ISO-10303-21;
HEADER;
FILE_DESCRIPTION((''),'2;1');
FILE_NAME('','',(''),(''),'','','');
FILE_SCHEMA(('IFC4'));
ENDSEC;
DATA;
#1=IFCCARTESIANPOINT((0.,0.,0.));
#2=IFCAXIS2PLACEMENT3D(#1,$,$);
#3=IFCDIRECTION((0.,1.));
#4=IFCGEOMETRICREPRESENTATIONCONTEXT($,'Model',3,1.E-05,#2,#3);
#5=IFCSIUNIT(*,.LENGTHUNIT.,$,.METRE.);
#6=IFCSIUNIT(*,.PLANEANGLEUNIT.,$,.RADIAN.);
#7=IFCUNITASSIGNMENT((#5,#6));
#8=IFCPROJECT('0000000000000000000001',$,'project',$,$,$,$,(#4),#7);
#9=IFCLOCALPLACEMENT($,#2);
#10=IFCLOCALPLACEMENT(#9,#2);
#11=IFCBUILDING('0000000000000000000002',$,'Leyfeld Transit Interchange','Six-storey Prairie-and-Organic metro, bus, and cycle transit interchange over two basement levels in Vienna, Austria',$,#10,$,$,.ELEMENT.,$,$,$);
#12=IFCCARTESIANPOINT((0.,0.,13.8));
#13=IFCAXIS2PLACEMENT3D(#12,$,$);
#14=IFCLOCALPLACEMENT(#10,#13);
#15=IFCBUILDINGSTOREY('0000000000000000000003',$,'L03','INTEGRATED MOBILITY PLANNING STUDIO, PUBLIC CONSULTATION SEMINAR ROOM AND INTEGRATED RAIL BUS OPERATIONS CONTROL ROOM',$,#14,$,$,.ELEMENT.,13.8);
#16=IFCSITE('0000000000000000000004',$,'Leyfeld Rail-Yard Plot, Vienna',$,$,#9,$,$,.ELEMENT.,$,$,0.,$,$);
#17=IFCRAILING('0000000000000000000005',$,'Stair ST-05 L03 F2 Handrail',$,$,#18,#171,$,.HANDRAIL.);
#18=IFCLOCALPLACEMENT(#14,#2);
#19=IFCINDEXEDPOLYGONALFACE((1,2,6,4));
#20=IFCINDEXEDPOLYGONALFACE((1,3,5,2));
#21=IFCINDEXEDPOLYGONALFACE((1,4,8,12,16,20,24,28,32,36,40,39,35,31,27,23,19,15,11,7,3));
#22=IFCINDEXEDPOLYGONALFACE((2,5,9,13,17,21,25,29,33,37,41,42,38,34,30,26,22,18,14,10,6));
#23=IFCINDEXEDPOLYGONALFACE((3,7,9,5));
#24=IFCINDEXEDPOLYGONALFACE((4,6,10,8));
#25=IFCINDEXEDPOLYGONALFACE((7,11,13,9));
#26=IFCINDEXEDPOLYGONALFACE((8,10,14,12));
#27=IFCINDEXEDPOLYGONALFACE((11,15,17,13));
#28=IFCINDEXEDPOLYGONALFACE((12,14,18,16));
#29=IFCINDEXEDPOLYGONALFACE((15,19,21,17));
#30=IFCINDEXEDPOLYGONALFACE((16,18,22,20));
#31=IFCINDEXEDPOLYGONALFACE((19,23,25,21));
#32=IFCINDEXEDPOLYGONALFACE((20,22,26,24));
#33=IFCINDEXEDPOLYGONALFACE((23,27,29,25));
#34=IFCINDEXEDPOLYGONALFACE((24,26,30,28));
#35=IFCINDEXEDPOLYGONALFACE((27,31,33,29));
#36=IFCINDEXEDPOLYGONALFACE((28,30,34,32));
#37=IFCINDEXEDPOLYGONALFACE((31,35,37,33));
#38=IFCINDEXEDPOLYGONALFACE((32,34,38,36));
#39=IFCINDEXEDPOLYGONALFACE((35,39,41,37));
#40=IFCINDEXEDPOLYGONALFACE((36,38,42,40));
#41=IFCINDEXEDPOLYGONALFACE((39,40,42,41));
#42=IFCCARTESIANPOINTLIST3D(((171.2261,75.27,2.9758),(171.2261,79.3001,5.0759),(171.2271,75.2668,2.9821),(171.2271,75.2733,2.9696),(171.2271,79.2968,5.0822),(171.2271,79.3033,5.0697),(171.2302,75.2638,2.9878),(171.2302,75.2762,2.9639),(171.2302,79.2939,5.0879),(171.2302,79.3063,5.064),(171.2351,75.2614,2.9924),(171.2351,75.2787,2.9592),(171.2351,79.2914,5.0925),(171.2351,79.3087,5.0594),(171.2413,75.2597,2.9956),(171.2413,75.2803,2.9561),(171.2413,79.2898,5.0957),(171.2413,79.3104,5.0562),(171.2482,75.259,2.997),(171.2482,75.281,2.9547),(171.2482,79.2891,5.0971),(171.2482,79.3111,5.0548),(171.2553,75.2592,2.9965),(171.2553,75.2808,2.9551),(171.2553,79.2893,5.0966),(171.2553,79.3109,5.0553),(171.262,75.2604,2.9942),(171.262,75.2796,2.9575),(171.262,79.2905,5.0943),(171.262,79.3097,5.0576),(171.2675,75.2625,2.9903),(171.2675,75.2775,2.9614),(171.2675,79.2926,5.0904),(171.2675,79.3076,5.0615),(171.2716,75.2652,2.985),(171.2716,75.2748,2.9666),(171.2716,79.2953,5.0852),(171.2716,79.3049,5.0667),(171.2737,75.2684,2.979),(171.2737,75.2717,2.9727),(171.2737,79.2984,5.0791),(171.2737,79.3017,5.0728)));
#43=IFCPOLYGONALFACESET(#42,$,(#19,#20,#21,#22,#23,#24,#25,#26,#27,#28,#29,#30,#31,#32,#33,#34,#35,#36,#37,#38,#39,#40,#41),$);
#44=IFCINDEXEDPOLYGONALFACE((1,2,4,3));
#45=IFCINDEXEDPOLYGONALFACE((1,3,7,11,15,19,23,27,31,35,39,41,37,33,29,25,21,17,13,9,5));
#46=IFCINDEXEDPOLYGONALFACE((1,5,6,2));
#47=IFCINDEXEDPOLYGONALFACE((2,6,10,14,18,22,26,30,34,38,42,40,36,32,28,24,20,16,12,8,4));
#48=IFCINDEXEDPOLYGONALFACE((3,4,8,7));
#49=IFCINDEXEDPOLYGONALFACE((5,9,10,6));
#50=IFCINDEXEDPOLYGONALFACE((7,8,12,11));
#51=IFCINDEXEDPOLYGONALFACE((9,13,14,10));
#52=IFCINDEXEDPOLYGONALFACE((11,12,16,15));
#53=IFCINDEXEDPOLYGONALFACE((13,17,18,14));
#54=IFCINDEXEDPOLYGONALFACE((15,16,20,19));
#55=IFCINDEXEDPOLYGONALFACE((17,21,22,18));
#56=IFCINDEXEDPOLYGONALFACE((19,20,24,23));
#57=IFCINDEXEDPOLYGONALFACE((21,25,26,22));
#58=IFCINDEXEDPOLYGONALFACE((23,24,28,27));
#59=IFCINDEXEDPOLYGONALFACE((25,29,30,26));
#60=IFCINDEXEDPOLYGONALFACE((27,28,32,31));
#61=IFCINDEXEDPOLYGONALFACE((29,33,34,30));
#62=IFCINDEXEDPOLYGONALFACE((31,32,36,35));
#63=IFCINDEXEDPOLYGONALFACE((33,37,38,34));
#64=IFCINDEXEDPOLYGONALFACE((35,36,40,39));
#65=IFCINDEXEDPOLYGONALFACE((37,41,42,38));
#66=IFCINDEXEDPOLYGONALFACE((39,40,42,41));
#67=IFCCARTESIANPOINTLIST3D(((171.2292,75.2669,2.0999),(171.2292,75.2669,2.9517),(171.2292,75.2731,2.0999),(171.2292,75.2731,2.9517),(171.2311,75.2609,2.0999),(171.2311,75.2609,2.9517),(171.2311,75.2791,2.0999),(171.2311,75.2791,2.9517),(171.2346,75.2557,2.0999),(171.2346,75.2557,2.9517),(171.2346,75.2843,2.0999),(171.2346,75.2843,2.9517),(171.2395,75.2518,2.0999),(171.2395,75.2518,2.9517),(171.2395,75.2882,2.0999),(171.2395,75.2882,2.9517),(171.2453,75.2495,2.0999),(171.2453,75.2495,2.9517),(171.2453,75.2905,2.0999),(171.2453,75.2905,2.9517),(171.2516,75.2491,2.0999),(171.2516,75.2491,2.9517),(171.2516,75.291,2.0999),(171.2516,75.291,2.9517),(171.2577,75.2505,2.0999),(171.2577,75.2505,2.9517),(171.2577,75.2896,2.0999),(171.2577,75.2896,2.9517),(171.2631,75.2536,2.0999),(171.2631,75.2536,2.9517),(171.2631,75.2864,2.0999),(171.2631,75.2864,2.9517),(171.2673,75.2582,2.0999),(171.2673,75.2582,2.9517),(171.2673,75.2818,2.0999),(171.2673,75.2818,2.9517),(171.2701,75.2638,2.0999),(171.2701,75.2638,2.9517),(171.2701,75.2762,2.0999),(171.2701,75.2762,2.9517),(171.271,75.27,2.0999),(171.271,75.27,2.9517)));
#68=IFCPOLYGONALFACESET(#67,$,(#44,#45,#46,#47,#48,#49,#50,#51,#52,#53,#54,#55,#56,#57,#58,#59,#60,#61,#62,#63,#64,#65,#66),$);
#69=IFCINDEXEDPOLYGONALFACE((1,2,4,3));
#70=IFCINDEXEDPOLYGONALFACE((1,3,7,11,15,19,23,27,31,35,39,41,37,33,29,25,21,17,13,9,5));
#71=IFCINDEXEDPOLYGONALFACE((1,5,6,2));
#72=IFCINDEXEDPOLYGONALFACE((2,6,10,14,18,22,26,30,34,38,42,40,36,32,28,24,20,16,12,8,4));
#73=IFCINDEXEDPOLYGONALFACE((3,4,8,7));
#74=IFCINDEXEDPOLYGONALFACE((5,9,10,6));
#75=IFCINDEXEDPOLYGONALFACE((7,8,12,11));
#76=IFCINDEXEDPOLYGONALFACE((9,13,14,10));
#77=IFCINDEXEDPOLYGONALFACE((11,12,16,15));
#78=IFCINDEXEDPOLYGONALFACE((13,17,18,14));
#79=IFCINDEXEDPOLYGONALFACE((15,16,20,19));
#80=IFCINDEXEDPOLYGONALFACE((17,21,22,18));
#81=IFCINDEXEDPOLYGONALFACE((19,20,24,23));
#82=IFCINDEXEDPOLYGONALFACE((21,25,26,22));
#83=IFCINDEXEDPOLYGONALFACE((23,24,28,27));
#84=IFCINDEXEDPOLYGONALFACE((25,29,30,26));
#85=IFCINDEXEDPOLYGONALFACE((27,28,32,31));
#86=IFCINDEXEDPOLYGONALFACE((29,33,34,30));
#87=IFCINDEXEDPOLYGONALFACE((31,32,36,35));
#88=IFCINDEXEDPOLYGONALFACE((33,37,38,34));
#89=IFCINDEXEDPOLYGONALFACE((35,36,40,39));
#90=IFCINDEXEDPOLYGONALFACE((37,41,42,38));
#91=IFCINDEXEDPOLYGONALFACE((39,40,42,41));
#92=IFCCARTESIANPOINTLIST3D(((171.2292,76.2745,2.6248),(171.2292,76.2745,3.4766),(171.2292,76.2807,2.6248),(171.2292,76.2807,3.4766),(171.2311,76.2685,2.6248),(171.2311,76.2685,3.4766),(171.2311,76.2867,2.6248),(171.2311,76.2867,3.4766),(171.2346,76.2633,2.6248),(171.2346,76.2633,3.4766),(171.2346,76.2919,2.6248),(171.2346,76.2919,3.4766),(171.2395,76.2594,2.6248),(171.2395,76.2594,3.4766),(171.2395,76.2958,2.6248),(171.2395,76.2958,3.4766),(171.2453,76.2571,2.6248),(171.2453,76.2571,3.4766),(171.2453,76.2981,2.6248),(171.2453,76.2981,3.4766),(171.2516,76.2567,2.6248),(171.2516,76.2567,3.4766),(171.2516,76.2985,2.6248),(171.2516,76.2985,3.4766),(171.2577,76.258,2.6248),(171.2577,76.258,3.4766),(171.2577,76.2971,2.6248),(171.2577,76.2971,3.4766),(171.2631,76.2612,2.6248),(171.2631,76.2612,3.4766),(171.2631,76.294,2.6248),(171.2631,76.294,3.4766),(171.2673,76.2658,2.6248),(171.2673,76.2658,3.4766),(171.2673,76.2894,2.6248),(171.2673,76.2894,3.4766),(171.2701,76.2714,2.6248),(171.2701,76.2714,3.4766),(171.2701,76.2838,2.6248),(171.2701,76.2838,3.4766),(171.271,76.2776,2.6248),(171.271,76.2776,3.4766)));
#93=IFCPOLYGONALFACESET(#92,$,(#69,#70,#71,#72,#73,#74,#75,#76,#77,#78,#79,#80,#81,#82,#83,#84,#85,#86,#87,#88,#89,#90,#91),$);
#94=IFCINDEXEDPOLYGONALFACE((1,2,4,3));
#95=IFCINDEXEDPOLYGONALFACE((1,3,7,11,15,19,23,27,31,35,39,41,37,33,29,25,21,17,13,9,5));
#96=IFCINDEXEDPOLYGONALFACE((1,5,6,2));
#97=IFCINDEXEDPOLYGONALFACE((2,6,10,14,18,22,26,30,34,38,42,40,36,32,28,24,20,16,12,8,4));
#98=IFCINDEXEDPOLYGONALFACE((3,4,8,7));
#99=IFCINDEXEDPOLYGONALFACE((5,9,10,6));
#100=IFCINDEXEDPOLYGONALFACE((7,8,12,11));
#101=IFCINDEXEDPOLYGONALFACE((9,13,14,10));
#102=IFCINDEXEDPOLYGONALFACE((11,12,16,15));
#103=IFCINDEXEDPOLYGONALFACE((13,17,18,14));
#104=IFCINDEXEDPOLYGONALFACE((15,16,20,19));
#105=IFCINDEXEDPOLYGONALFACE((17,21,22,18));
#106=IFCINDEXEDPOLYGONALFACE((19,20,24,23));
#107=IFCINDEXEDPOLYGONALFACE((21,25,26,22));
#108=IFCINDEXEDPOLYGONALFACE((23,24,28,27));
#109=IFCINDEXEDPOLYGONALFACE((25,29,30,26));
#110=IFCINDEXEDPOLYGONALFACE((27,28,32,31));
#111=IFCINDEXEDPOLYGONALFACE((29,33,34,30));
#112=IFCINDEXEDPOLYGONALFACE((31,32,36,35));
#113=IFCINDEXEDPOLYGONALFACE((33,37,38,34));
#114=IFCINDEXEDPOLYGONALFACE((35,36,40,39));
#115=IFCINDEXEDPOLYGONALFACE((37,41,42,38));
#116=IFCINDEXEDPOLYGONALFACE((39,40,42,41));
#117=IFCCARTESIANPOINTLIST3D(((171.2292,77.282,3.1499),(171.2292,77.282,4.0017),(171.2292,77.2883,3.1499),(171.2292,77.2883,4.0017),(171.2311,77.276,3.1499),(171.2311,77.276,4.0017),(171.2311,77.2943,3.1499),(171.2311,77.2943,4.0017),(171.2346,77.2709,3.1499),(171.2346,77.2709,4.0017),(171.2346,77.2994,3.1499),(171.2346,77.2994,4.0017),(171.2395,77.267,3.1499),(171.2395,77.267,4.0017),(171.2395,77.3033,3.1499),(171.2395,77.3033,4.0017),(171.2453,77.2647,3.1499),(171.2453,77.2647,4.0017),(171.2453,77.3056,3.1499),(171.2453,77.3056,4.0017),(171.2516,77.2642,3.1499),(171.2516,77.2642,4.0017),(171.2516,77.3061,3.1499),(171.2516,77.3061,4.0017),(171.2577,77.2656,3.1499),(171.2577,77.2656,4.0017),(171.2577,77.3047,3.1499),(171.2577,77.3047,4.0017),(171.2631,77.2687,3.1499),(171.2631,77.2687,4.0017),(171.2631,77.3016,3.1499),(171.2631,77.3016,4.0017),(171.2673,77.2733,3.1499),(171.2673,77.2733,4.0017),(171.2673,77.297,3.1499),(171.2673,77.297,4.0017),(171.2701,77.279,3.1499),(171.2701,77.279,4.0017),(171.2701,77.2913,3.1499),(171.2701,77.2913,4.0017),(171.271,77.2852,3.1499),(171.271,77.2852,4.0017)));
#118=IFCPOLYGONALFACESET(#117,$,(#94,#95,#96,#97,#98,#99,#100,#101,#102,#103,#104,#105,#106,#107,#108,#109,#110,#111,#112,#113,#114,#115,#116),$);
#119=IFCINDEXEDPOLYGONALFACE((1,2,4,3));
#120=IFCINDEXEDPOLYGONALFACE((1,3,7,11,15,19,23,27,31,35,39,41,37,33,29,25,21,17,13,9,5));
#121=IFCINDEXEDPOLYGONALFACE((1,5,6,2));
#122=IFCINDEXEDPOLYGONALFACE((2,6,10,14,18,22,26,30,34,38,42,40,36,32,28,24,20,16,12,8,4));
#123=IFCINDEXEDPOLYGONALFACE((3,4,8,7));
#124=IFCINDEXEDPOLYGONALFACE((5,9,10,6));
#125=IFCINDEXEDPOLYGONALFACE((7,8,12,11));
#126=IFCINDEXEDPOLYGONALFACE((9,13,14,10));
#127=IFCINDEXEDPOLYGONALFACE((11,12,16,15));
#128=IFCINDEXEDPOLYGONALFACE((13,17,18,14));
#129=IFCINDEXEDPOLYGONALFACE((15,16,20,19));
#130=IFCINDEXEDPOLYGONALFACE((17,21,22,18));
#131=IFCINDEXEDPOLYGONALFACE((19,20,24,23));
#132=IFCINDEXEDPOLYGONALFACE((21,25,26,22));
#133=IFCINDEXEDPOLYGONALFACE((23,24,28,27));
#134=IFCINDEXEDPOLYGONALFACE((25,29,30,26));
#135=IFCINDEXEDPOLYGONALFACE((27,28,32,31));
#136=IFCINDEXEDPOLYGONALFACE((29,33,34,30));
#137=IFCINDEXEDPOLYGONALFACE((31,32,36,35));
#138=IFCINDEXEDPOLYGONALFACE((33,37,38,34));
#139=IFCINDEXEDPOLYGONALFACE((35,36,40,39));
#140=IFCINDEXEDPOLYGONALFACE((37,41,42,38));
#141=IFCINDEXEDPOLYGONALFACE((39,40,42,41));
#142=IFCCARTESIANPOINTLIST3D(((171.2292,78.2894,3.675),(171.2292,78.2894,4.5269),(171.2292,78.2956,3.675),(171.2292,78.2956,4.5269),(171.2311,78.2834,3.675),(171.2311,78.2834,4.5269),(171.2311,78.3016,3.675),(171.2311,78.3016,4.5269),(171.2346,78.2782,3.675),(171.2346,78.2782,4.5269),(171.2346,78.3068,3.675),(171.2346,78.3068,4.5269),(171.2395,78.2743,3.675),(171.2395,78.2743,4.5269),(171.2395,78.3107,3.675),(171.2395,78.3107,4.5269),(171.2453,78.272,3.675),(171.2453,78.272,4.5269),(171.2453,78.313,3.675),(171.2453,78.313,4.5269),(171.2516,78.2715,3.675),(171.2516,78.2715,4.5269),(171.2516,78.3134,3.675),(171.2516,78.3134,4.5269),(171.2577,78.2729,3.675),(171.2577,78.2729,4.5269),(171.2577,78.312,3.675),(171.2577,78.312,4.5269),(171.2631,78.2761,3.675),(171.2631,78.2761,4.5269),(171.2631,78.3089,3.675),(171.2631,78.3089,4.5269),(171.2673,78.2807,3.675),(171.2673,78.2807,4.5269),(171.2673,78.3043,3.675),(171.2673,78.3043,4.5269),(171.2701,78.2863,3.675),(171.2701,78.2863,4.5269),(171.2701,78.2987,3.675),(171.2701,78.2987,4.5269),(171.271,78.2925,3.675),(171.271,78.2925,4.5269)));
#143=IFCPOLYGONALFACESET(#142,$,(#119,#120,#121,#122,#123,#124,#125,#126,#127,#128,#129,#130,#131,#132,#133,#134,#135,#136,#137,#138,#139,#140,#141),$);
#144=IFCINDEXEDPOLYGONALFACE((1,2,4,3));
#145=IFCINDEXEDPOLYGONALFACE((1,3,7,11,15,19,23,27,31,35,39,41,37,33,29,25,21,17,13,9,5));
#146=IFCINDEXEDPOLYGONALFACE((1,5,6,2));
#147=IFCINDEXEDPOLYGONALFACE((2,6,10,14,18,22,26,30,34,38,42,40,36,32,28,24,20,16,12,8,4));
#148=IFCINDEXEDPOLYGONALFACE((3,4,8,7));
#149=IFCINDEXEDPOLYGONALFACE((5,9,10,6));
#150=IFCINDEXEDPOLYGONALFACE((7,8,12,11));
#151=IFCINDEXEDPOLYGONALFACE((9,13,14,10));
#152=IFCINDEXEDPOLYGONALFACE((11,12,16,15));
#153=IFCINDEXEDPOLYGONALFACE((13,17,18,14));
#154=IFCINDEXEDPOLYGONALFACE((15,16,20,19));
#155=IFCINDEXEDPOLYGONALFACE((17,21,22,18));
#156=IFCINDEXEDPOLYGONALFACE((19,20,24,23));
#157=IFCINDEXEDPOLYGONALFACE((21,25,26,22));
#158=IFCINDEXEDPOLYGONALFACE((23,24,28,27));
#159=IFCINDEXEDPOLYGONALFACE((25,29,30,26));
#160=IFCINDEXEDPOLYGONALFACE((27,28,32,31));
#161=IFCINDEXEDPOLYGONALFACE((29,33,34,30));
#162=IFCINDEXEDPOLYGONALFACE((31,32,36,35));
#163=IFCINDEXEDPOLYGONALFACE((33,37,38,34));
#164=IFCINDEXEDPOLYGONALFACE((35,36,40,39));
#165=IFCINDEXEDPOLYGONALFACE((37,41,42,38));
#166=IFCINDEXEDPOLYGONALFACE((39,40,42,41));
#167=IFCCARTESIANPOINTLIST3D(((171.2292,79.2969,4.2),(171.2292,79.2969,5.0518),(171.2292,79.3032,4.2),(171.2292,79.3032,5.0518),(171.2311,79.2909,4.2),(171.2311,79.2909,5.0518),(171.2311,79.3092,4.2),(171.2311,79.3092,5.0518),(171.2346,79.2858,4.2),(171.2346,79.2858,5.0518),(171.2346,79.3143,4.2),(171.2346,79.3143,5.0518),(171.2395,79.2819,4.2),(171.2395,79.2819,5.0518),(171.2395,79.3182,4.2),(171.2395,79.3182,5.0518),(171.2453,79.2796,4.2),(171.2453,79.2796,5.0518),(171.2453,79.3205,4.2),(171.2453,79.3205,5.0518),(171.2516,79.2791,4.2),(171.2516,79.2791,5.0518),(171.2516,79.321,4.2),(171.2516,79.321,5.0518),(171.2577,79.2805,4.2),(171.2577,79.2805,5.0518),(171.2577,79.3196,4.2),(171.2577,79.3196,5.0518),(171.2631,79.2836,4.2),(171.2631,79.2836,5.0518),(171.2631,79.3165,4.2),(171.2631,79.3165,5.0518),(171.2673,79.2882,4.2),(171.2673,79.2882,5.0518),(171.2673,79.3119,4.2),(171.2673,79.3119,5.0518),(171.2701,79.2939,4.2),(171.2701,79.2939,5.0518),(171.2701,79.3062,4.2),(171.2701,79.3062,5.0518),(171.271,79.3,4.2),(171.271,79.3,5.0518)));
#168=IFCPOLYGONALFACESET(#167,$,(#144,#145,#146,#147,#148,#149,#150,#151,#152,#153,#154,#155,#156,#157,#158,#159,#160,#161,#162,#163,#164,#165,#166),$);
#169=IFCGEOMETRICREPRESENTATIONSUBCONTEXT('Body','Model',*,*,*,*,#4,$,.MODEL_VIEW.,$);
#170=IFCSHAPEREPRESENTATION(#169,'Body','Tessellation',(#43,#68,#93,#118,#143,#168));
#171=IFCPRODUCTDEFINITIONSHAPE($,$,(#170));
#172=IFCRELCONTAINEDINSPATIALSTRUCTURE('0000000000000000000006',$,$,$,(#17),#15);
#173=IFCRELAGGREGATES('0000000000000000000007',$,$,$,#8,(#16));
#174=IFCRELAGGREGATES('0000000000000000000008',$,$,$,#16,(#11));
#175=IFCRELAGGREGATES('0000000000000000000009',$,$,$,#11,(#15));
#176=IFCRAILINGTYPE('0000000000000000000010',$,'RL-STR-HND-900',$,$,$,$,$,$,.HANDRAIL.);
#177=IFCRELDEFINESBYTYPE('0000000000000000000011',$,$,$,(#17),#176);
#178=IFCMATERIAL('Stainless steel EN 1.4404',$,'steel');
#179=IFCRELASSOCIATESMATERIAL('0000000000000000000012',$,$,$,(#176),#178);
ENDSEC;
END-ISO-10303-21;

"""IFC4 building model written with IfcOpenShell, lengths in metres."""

from ifc_helpers import new_model, si_unit, direction, frame, origin, origin_2d, place, context, subcontext, project, spatial, circle, extrude, material, type_object, element, save


model = new_model("IFC4")

# Units and contexts
model_context = context("Model", 3, precision=1e-05, world=origin(), true_north=direction((0.0, 1.0)))
body_context = subcontext(model_context, "Body", "Model", "MODEL_VIEW")
ifc_project = project(units=[si_unit("LENGTHUNIT", "METRE"), si_unit("PLANEANGLEUNIT", "RADIAN")], contexts=[model_context])

# Site, building, storey
site_placement = place(None, origin())
site = spatial("IfcSite", under=ifc_project, at=site_placement, Name="Leyfeld Rail-Yard Plot, Vienna", CompositionType="ELEMENT", RefElevation=0.0)
building_placement = place(site_placement, origin())
building = spatial("IfcBuilding", under=site, at=building_placement, Name="Leyfeld Transit Interchange", Description="Six-storey Prairie-and-Organic metro, bus, and cycle transit interchange over two basement levels in Vienna, Austria", CompositionType="ELEMENT")
storey_placement = place(building_placement, frame((0.0, 0.0, 13.8)))
storey = spatial("IfcBuildingStorey", under=building, at=storey_placement, Name="L03", Description="INTEGRATED MOBILITY PLANNING STUDIO, PUBLIC CONSULTATION SEMINAR ROOM AND INTEGRATED RAIL BUS OPERATIONS CONTROL ROOM", CompositionType="ELEMENT", Elevation=13.8)

# Railing
ifc_material_1 = material(Name="Stainless steel EN 1.4404", Category="steel")
railing_type_1 = type_object("IfcRailingType", Name="RL-STR-HND-900", PredefinedType="HANDRAIL", material=ifc_material_1)
railing_1_placement = place(storey_placement, frame((171.25, 75.27, 2.0999)))
element("IfcRailing", 1, at=railing_1_placement, inside=storey, type_object=railing_type_1, Name="Stair ST-05 L03 F2 Handrail", PredefinedType="HANDRAIL", context=body_context, shape_type="SweptSolid", body=[
    extrude(circle(Radius=0.0239, at=origin_2d()), frame((0.0, 0.0, 0.876), z_axis=(0.0, 0.886813, 0.462129), x_axis=(-1.0, 0.0, 0.0)), (0.0, 0.0, 1.0), 4.5444),
    extrude(circle(Radius=0.021, at=origin_2d()), origin(), (0.0, 0.0, 1.0), 0.8518),
    extrude(circle(Radius=0.021, at=origin_2d()), frame((0.0, 1.0076, 0.5249)), (0.0, 0.0, 1.0), 0.8518),
    extrude(circle(Radius=0.021, at=origin_2d()), frame((0.0, 2.0151, 1.05)), (0.0, 0.0, 1.0), 0.8518),
    extrude(circle(Radius=0.021, at=origin_2d()), frame((0.0, 3.0225, 1.5752)), (0.0, 0.0, 1.0), 0.8518),
    extrude(circle(Radius=0.021, at=origin_2d()), frame((0.0, 4.03, 2.1001)), (0.0, 0.0, 1.0), 0.8518),
])

save(model, "model.ifc")
